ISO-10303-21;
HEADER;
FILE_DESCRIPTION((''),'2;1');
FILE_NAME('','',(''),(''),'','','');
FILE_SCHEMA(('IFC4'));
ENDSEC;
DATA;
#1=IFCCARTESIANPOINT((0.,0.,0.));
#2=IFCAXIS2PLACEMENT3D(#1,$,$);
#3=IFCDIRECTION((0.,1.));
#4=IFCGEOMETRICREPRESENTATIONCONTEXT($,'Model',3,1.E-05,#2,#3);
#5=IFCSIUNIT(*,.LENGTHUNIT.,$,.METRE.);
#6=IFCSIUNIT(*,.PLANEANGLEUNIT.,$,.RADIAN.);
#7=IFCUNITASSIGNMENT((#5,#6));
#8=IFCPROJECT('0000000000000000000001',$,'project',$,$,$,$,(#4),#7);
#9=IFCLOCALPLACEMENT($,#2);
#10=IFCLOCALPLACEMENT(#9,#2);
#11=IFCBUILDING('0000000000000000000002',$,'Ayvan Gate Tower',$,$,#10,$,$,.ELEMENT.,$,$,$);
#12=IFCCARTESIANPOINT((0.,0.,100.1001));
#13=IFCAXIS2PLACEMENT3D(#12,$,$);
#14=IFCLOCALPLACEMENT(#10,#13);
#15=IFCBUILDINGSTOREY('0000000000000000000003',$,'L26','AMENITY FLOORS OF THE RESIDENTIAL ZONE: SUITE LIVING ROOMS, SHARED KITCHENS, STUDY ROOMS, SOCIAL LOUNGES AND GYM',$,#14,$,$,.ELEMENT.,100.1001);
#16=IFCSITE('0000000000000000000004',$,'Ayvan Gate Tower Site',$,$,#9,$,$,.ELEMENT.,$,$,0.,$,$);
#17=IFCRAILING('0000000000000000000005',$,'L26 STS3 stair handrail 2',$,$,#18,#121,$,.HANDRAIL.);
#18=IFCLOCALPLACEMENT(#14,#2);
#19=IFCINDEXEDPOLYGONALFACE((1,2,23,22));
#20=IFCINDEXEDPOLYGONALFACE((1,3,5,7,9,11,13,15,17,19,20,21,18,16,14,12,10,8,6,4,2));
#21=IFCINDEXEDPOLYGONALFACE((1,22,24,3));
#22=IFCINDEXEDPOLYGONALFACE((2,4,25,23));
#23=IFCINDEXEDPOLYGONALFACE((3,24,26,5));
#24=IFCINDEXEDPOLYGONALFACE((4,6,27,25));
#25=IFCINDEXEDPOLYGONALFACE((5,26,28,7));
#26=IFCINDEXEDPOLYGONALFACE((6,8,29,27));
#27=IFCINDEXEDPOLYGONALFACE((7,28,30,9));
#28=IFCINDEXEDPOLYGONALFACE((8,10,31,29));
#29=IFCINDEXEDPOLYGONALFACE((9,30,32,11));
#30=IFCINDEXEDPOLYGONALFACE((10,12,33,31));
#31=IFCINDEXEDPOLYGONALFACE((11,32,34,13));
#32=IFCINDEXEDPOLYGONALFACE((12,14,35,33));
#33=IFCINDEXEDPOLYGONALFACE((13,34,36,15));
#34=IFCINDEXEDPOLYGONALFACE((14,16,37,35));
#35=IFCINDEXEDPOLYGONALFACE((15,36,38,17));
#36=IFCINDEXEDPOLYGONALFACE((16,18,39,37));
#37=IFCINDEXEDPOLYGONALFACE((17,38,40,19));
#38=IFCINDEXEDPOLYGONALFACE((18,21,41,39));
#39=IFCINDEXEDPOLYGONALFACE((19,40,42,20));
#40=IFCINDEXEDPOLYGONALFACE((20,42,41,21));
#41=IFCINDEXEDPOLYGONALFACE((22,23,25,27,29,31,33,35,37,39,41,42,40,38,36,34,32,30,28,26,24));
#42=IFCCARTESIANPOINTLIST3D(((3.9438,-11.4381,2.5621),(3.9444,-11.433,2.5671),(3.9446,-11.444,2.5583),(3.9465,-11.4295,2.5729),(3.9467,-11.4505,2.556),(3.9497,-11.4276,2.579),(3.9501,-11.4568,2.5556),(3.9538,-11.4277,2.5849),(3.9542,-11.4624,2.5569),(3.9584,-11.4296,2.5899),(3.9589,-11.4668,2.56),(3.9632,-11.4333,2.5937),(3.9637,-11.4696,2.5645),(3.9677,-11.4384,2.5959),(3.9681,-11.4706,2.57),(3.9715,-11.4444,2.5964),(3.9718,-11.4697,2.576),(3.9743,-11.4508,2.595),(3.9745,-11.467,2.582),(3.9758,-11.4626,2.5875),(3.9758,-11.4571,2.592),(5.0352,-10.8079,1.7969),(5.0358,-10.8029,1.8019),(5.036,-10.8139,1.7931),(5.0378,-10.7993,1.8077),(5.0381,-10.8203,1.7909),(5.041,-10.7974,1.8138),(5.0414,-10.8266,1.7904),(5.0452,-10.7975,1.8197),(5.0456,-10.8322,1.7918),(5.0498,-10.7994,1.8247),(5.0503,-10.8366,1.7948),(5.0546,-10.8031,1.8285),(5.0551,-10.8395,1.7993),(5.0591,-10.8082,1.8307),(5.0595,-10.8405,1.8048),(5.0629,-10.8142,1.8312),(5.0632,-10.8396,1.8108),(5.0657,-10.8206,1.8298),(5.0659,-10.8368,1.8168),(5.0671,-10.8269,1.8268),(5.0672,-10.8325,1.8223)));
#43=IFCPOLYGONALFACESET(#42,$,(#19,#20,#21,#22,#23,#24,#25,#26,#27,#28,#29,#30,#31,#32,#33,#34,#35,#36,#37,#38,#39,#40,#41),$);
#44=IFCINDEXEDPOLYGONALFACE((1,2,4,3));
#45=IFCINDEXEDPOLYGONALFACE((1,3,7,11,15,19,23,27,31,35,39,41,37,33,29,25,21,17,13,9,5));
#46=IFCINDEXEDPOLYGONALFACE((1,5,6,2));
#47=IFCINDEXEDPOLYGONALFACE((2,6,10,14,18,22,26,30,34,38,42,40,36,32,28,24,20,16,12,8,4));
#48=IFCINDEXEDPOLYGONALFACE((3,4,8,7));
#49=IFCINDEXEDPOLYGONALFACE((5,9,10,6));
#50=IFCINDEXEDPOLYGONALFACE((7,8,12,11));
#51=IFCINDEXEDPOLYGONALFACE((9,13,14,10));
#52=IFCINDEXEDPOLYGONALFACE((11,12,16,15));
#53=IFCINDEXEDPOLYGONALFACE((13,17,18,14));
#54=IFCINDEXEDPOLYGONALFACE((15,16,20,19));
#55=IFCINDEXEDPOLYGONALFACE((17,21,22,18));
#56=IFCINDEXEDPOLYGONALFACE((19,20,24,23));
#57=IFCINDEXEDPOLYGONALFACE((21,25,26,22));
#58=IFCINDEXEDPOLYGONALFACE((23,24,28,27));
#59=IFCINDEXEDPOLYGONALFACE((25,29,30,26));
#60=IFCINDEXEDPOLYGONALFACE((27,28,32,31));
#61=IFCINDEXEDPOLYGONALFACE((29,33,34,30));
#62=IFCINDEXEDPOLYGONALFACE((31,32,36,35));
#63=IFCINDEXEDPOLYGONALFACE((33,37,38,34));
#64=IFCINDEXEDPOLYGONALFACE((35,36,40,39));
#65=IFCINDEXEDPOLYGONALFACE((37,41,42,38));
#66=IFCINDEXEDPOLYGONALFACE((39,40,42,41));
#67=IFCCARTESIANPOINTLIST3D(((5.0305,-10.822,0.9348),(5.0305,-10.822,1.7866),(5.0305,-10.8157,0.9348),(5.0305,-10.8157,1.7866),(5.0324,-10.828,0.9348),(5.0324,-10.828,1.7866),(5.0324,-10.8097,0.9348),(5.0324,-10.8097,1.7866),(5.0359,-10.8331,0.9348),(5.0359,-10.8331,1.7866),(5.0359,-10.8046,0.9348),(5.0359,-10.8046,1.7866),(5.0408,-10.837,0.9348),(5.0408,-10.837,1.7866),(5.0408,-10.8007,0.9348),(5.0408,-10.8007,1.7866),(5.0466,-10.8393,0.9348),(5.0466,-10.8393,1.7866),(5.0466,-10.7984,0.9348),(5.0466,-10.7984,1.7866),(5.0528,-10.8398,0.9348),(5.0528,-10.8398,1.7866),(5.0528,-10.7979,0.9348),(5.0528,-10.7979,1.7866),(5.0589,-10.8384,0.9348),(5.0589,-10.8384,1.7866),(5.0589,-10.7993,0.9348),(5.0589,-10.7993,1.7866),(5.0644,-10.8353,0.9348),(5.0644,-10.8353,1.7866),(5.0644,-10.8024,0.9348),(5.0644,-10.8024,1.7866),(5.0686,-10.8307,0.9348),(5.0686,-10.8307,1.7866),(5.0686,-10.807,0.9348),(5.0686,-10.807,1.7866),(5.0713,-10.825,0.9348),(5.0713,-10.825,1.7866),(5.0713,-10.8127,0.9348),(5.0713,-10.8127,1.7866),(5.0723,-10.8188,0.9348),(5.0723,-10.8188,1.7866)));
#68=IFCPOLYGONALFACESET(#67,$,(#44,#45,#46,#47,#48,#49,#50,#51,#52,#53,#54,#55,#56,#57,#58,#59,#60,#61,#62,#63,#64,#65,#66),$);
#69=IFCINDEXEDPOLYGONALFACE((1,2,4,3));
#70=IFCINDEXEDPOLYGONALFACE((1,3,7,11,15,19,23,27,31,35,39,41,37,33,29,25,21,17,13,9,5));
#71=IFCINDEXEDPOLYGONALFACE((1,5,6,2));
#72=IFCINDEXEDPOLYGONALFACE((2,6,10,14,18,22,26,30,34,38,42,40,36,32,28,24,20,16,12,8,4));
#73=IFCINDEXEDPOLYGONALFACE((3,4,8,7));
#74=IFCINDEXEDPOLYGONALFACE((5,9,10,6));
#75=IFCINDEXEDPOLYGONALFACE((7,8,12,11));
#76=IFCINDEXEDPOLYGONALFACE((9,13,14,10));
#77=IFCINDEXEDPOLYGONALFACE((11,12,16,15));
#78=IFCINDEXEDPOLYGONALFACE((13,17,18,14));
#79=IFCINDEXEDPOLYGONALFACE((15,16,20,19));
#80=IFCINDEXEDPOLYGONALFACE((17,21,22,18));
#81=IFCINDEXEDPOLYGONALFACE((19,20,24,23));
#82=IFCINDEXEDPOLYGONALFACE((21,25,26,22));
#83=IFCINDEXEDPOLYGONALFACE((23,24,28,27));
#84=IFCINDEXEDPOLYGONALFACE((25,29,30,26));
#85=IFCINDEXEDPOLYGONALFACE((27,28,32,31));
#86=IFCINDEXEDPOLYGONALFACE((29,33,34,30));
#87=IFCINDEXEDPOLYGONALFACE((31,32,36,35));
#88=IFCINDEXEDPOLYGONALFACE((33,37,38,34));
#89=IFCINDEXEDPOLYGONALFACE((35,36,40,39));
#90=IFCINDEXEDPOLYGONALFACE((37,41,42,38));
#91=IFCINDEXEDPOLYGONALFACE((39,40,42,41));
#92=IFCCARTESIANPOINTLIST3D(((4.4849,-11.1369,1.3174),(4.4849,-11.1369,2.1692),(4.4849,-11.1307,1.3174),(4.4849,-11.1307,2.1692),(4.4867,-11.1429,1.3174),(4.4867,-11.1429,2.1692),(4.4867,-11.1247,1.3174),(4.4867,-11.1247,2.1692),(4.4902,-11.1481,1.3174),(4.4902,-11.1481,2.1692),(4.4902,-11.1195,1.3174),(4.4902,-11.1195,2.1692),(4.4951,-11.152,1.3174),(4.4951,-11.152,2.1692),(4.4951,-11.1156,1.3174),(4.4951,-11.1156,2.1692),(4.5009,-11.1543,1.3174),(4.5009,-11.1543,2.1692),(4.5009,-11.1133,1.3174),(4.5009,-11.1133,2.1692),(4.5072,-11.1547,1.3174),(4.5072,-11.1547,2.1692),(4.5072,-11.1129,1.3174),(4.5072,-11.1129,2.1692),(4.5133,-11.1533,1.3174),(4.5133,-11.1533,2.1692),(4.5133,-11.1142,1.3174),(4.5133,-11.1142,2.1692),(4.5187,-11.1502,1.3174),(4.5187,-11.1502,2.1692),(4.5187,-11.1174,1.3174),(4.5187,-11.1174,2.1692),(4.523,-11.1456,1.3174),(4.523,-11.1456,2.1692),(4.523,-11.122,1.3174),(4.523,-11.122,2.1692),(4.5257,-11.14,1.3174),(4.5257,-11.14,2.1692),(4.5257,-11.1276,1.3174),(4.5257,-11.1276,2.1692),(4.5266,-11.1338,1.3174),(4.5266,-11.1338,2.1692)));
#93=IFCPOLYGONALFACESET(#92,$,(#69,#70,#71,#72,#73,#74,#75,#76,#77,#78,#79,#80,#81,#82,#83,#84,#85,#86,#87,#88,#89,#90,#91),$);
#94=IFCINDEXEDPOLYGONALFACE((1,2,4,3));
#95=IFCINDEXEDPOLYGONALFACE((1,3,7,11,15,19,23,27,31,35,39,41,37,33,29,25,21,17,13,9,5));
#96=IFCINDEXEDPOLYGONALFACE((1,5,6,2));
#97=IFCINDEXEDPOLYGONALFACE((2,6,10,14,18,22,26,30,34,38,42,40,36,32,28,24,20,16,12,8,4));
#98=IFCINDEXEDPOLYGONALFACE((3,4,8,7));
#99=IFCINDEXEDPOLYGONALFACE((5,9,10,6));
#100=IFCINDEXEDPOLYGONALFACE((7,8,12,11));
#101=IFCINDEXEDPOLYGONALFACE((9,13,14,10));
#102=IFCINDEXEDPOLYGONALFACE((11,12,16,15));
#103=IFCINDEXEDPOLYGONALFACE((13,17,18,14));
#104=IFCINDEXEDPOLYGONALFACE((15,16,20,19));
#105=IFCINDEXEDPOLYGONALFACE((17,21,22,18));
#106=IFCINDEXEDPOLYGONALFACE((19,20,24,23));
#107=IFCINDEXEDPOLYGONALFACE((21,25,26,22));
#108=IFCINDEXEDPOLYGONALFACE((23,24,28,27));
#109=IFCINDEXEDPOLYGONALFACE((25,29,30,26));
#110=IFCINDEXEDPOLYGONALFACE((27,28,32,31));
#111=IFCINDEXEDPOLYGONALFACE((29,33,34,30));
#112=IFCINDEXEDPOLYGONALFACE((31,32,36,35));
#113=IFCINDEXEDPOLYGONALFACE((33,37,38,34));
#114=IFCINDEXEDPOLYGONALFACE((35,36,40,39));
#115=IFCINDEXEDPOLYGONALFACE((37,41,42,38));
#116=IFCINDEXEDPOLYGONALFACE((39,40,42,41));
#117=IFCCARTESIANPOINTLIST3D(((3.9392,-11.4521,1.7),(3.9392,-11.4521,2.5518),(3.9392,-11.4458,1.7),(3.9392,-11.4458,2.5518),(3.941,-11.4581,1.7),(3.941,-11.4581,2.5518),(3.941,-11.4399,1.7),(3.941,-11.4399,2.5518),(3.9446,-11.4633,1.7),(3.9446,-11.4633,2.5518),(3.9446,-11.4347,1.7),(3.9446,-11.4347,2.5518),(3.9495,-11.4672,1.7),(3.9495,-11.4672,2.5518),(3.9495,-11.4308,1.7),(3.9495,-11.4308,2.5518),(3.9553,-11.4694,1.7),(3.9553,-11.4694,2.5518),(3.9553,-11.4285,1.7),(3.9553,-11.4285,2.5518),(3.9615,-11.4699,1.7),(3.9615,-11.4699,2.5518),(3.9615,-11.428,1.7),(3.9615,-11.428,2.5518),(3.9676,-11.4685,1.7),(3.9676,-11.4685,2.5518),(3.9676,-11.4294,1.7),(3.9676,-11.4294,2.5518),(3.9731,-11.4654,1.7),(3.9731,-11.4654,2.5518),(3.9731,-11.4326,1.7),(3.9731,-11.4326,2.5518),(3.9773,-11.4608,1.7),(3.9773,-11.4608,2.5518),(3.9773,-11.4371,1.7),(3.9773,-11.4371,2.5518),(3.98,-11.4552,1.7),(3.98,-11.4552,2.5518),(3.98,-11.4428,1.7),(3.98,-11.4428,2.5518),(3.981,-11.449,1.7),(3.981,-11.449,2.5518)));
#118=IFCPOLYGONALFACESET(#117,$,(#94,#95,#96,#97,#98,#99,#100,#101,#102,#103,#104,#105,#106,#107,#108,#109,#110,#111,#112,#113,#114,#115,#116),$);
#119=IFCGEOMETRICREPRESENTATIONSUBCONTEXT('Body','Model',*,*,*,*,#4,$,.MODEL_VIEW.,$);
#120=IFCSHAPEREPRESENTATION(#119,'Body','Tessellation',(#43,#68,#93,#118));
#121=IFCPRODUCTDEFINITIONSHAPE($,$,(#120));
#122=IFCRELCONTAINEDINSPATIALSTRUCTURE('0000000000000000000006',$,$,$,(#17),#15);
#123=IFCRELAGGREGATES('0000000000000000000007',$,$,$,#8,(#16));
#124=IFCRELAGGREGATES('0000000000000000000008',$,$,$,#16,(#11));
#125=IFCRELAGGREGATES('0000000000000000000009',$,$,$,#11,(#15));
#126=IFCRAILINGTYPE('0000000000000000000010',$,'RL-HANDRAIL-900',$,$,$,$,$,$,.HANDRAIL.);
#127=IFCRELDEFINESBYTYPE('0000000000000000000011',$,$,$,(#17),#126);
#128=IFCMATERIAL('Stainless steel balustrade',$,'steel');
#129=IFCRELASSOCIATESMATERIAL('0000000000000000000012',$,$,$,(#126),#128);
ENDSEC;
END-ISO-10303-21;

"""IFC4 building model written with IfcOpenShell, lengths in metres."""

from ifc_helpers import new_model, si_unit, direction, frame, origin, origin_2d, place, context, subcontext, project, spatial, circle, extrude, material, type_object, element, save


model = new_model("IFC4")

# Units and contexts
model_context = context("Model", 3, precision=1e-05, world=origin(), true_north=direction((0.0, 1.0)))
body_context = subcontext(model_context, "Body", "Model", "MODEL_VIEW")
ifc_project = project(units=[si_unit("LENGTHUNIT", "METRE"), si_unit("PLANEANGLEUNIT", "RADIAN")], contexts=[model_context])

# Site, building, storey
site_placement = place(None, origin())
site = spatial("IfcSite", under=ifc_project, at=site_placement, Name="Ayvan Gate Tower Site", CompositionType="ELEMENT", RefElevation=0.0)
building_placement = place(site_placement, origin())
building = spatial("IfcBuilding", under=site, at=building_placement, Name="Ayvan Gate Tower", CompositionType="ELEMENT")
storey_placement = place(building_placement, frame((0.0, 0.0, 100.1001)))
storey = spatial("IfcBuildingStorey", under=building, at=storey_placement, Name="L26", Description="AMENITY FLOORS OF THE RESIDENTIAL ZONE: SUITE LIVING ROOMS, SHARED KITCHENS, STUDY ROOMS, SOCIAL LOUNGES AND GYM", CompositionType="ELEMENT", Elevation=100.1001)

# Railing
ifc_material_1 = material(Name="Stainless steel balustrade", Category="steel")
railing_type_1 = type_object("IfcRailingType", Name="RL-HANDRAIL-900", PredefinedType="HANDRAIL", material=ifc_material_1)
railing_1_placement = place(storey_placement, frame((5.0513, -10.8188, 0.9348)))
element("IfcRailing", 1, at=railing_1_placement, inside=storey, type_object=railing_type_1, Name="L26 STS3 stair handrail 2", PredefinedType="HANDRAIL", context=body_context, shape_type="SweptSolid", body=[
    extrude(circle(Radius=0.0239, at=origin_2d()), frame((0.0, 0.0, 0.876), z_axis=(-0.740241, -0.427419, 0.518996), x_axis=(0.500035, -0.866005, 0.0)), (0.0, 0.0, 1.0), 1.4744),
    extrude(circle(Radius=0.021, at=origin_2d()), origin(), (0.0, 0.0, 1.0), 0.8518),
    extrude(circle(Radius=0.021, at=origin_2d()), frame((-0.5457, -0.3149, 0.3826)), (0.0, 0.0, 1.0), 0.8518),
    extrude(circle(Radius=0.021, at=origin_2d()), frame((-1.0913, -0.6301, 0.7651)), (0.0, 0.0, 1.0), 0.8518),
])

save(model, "model.ifc")
